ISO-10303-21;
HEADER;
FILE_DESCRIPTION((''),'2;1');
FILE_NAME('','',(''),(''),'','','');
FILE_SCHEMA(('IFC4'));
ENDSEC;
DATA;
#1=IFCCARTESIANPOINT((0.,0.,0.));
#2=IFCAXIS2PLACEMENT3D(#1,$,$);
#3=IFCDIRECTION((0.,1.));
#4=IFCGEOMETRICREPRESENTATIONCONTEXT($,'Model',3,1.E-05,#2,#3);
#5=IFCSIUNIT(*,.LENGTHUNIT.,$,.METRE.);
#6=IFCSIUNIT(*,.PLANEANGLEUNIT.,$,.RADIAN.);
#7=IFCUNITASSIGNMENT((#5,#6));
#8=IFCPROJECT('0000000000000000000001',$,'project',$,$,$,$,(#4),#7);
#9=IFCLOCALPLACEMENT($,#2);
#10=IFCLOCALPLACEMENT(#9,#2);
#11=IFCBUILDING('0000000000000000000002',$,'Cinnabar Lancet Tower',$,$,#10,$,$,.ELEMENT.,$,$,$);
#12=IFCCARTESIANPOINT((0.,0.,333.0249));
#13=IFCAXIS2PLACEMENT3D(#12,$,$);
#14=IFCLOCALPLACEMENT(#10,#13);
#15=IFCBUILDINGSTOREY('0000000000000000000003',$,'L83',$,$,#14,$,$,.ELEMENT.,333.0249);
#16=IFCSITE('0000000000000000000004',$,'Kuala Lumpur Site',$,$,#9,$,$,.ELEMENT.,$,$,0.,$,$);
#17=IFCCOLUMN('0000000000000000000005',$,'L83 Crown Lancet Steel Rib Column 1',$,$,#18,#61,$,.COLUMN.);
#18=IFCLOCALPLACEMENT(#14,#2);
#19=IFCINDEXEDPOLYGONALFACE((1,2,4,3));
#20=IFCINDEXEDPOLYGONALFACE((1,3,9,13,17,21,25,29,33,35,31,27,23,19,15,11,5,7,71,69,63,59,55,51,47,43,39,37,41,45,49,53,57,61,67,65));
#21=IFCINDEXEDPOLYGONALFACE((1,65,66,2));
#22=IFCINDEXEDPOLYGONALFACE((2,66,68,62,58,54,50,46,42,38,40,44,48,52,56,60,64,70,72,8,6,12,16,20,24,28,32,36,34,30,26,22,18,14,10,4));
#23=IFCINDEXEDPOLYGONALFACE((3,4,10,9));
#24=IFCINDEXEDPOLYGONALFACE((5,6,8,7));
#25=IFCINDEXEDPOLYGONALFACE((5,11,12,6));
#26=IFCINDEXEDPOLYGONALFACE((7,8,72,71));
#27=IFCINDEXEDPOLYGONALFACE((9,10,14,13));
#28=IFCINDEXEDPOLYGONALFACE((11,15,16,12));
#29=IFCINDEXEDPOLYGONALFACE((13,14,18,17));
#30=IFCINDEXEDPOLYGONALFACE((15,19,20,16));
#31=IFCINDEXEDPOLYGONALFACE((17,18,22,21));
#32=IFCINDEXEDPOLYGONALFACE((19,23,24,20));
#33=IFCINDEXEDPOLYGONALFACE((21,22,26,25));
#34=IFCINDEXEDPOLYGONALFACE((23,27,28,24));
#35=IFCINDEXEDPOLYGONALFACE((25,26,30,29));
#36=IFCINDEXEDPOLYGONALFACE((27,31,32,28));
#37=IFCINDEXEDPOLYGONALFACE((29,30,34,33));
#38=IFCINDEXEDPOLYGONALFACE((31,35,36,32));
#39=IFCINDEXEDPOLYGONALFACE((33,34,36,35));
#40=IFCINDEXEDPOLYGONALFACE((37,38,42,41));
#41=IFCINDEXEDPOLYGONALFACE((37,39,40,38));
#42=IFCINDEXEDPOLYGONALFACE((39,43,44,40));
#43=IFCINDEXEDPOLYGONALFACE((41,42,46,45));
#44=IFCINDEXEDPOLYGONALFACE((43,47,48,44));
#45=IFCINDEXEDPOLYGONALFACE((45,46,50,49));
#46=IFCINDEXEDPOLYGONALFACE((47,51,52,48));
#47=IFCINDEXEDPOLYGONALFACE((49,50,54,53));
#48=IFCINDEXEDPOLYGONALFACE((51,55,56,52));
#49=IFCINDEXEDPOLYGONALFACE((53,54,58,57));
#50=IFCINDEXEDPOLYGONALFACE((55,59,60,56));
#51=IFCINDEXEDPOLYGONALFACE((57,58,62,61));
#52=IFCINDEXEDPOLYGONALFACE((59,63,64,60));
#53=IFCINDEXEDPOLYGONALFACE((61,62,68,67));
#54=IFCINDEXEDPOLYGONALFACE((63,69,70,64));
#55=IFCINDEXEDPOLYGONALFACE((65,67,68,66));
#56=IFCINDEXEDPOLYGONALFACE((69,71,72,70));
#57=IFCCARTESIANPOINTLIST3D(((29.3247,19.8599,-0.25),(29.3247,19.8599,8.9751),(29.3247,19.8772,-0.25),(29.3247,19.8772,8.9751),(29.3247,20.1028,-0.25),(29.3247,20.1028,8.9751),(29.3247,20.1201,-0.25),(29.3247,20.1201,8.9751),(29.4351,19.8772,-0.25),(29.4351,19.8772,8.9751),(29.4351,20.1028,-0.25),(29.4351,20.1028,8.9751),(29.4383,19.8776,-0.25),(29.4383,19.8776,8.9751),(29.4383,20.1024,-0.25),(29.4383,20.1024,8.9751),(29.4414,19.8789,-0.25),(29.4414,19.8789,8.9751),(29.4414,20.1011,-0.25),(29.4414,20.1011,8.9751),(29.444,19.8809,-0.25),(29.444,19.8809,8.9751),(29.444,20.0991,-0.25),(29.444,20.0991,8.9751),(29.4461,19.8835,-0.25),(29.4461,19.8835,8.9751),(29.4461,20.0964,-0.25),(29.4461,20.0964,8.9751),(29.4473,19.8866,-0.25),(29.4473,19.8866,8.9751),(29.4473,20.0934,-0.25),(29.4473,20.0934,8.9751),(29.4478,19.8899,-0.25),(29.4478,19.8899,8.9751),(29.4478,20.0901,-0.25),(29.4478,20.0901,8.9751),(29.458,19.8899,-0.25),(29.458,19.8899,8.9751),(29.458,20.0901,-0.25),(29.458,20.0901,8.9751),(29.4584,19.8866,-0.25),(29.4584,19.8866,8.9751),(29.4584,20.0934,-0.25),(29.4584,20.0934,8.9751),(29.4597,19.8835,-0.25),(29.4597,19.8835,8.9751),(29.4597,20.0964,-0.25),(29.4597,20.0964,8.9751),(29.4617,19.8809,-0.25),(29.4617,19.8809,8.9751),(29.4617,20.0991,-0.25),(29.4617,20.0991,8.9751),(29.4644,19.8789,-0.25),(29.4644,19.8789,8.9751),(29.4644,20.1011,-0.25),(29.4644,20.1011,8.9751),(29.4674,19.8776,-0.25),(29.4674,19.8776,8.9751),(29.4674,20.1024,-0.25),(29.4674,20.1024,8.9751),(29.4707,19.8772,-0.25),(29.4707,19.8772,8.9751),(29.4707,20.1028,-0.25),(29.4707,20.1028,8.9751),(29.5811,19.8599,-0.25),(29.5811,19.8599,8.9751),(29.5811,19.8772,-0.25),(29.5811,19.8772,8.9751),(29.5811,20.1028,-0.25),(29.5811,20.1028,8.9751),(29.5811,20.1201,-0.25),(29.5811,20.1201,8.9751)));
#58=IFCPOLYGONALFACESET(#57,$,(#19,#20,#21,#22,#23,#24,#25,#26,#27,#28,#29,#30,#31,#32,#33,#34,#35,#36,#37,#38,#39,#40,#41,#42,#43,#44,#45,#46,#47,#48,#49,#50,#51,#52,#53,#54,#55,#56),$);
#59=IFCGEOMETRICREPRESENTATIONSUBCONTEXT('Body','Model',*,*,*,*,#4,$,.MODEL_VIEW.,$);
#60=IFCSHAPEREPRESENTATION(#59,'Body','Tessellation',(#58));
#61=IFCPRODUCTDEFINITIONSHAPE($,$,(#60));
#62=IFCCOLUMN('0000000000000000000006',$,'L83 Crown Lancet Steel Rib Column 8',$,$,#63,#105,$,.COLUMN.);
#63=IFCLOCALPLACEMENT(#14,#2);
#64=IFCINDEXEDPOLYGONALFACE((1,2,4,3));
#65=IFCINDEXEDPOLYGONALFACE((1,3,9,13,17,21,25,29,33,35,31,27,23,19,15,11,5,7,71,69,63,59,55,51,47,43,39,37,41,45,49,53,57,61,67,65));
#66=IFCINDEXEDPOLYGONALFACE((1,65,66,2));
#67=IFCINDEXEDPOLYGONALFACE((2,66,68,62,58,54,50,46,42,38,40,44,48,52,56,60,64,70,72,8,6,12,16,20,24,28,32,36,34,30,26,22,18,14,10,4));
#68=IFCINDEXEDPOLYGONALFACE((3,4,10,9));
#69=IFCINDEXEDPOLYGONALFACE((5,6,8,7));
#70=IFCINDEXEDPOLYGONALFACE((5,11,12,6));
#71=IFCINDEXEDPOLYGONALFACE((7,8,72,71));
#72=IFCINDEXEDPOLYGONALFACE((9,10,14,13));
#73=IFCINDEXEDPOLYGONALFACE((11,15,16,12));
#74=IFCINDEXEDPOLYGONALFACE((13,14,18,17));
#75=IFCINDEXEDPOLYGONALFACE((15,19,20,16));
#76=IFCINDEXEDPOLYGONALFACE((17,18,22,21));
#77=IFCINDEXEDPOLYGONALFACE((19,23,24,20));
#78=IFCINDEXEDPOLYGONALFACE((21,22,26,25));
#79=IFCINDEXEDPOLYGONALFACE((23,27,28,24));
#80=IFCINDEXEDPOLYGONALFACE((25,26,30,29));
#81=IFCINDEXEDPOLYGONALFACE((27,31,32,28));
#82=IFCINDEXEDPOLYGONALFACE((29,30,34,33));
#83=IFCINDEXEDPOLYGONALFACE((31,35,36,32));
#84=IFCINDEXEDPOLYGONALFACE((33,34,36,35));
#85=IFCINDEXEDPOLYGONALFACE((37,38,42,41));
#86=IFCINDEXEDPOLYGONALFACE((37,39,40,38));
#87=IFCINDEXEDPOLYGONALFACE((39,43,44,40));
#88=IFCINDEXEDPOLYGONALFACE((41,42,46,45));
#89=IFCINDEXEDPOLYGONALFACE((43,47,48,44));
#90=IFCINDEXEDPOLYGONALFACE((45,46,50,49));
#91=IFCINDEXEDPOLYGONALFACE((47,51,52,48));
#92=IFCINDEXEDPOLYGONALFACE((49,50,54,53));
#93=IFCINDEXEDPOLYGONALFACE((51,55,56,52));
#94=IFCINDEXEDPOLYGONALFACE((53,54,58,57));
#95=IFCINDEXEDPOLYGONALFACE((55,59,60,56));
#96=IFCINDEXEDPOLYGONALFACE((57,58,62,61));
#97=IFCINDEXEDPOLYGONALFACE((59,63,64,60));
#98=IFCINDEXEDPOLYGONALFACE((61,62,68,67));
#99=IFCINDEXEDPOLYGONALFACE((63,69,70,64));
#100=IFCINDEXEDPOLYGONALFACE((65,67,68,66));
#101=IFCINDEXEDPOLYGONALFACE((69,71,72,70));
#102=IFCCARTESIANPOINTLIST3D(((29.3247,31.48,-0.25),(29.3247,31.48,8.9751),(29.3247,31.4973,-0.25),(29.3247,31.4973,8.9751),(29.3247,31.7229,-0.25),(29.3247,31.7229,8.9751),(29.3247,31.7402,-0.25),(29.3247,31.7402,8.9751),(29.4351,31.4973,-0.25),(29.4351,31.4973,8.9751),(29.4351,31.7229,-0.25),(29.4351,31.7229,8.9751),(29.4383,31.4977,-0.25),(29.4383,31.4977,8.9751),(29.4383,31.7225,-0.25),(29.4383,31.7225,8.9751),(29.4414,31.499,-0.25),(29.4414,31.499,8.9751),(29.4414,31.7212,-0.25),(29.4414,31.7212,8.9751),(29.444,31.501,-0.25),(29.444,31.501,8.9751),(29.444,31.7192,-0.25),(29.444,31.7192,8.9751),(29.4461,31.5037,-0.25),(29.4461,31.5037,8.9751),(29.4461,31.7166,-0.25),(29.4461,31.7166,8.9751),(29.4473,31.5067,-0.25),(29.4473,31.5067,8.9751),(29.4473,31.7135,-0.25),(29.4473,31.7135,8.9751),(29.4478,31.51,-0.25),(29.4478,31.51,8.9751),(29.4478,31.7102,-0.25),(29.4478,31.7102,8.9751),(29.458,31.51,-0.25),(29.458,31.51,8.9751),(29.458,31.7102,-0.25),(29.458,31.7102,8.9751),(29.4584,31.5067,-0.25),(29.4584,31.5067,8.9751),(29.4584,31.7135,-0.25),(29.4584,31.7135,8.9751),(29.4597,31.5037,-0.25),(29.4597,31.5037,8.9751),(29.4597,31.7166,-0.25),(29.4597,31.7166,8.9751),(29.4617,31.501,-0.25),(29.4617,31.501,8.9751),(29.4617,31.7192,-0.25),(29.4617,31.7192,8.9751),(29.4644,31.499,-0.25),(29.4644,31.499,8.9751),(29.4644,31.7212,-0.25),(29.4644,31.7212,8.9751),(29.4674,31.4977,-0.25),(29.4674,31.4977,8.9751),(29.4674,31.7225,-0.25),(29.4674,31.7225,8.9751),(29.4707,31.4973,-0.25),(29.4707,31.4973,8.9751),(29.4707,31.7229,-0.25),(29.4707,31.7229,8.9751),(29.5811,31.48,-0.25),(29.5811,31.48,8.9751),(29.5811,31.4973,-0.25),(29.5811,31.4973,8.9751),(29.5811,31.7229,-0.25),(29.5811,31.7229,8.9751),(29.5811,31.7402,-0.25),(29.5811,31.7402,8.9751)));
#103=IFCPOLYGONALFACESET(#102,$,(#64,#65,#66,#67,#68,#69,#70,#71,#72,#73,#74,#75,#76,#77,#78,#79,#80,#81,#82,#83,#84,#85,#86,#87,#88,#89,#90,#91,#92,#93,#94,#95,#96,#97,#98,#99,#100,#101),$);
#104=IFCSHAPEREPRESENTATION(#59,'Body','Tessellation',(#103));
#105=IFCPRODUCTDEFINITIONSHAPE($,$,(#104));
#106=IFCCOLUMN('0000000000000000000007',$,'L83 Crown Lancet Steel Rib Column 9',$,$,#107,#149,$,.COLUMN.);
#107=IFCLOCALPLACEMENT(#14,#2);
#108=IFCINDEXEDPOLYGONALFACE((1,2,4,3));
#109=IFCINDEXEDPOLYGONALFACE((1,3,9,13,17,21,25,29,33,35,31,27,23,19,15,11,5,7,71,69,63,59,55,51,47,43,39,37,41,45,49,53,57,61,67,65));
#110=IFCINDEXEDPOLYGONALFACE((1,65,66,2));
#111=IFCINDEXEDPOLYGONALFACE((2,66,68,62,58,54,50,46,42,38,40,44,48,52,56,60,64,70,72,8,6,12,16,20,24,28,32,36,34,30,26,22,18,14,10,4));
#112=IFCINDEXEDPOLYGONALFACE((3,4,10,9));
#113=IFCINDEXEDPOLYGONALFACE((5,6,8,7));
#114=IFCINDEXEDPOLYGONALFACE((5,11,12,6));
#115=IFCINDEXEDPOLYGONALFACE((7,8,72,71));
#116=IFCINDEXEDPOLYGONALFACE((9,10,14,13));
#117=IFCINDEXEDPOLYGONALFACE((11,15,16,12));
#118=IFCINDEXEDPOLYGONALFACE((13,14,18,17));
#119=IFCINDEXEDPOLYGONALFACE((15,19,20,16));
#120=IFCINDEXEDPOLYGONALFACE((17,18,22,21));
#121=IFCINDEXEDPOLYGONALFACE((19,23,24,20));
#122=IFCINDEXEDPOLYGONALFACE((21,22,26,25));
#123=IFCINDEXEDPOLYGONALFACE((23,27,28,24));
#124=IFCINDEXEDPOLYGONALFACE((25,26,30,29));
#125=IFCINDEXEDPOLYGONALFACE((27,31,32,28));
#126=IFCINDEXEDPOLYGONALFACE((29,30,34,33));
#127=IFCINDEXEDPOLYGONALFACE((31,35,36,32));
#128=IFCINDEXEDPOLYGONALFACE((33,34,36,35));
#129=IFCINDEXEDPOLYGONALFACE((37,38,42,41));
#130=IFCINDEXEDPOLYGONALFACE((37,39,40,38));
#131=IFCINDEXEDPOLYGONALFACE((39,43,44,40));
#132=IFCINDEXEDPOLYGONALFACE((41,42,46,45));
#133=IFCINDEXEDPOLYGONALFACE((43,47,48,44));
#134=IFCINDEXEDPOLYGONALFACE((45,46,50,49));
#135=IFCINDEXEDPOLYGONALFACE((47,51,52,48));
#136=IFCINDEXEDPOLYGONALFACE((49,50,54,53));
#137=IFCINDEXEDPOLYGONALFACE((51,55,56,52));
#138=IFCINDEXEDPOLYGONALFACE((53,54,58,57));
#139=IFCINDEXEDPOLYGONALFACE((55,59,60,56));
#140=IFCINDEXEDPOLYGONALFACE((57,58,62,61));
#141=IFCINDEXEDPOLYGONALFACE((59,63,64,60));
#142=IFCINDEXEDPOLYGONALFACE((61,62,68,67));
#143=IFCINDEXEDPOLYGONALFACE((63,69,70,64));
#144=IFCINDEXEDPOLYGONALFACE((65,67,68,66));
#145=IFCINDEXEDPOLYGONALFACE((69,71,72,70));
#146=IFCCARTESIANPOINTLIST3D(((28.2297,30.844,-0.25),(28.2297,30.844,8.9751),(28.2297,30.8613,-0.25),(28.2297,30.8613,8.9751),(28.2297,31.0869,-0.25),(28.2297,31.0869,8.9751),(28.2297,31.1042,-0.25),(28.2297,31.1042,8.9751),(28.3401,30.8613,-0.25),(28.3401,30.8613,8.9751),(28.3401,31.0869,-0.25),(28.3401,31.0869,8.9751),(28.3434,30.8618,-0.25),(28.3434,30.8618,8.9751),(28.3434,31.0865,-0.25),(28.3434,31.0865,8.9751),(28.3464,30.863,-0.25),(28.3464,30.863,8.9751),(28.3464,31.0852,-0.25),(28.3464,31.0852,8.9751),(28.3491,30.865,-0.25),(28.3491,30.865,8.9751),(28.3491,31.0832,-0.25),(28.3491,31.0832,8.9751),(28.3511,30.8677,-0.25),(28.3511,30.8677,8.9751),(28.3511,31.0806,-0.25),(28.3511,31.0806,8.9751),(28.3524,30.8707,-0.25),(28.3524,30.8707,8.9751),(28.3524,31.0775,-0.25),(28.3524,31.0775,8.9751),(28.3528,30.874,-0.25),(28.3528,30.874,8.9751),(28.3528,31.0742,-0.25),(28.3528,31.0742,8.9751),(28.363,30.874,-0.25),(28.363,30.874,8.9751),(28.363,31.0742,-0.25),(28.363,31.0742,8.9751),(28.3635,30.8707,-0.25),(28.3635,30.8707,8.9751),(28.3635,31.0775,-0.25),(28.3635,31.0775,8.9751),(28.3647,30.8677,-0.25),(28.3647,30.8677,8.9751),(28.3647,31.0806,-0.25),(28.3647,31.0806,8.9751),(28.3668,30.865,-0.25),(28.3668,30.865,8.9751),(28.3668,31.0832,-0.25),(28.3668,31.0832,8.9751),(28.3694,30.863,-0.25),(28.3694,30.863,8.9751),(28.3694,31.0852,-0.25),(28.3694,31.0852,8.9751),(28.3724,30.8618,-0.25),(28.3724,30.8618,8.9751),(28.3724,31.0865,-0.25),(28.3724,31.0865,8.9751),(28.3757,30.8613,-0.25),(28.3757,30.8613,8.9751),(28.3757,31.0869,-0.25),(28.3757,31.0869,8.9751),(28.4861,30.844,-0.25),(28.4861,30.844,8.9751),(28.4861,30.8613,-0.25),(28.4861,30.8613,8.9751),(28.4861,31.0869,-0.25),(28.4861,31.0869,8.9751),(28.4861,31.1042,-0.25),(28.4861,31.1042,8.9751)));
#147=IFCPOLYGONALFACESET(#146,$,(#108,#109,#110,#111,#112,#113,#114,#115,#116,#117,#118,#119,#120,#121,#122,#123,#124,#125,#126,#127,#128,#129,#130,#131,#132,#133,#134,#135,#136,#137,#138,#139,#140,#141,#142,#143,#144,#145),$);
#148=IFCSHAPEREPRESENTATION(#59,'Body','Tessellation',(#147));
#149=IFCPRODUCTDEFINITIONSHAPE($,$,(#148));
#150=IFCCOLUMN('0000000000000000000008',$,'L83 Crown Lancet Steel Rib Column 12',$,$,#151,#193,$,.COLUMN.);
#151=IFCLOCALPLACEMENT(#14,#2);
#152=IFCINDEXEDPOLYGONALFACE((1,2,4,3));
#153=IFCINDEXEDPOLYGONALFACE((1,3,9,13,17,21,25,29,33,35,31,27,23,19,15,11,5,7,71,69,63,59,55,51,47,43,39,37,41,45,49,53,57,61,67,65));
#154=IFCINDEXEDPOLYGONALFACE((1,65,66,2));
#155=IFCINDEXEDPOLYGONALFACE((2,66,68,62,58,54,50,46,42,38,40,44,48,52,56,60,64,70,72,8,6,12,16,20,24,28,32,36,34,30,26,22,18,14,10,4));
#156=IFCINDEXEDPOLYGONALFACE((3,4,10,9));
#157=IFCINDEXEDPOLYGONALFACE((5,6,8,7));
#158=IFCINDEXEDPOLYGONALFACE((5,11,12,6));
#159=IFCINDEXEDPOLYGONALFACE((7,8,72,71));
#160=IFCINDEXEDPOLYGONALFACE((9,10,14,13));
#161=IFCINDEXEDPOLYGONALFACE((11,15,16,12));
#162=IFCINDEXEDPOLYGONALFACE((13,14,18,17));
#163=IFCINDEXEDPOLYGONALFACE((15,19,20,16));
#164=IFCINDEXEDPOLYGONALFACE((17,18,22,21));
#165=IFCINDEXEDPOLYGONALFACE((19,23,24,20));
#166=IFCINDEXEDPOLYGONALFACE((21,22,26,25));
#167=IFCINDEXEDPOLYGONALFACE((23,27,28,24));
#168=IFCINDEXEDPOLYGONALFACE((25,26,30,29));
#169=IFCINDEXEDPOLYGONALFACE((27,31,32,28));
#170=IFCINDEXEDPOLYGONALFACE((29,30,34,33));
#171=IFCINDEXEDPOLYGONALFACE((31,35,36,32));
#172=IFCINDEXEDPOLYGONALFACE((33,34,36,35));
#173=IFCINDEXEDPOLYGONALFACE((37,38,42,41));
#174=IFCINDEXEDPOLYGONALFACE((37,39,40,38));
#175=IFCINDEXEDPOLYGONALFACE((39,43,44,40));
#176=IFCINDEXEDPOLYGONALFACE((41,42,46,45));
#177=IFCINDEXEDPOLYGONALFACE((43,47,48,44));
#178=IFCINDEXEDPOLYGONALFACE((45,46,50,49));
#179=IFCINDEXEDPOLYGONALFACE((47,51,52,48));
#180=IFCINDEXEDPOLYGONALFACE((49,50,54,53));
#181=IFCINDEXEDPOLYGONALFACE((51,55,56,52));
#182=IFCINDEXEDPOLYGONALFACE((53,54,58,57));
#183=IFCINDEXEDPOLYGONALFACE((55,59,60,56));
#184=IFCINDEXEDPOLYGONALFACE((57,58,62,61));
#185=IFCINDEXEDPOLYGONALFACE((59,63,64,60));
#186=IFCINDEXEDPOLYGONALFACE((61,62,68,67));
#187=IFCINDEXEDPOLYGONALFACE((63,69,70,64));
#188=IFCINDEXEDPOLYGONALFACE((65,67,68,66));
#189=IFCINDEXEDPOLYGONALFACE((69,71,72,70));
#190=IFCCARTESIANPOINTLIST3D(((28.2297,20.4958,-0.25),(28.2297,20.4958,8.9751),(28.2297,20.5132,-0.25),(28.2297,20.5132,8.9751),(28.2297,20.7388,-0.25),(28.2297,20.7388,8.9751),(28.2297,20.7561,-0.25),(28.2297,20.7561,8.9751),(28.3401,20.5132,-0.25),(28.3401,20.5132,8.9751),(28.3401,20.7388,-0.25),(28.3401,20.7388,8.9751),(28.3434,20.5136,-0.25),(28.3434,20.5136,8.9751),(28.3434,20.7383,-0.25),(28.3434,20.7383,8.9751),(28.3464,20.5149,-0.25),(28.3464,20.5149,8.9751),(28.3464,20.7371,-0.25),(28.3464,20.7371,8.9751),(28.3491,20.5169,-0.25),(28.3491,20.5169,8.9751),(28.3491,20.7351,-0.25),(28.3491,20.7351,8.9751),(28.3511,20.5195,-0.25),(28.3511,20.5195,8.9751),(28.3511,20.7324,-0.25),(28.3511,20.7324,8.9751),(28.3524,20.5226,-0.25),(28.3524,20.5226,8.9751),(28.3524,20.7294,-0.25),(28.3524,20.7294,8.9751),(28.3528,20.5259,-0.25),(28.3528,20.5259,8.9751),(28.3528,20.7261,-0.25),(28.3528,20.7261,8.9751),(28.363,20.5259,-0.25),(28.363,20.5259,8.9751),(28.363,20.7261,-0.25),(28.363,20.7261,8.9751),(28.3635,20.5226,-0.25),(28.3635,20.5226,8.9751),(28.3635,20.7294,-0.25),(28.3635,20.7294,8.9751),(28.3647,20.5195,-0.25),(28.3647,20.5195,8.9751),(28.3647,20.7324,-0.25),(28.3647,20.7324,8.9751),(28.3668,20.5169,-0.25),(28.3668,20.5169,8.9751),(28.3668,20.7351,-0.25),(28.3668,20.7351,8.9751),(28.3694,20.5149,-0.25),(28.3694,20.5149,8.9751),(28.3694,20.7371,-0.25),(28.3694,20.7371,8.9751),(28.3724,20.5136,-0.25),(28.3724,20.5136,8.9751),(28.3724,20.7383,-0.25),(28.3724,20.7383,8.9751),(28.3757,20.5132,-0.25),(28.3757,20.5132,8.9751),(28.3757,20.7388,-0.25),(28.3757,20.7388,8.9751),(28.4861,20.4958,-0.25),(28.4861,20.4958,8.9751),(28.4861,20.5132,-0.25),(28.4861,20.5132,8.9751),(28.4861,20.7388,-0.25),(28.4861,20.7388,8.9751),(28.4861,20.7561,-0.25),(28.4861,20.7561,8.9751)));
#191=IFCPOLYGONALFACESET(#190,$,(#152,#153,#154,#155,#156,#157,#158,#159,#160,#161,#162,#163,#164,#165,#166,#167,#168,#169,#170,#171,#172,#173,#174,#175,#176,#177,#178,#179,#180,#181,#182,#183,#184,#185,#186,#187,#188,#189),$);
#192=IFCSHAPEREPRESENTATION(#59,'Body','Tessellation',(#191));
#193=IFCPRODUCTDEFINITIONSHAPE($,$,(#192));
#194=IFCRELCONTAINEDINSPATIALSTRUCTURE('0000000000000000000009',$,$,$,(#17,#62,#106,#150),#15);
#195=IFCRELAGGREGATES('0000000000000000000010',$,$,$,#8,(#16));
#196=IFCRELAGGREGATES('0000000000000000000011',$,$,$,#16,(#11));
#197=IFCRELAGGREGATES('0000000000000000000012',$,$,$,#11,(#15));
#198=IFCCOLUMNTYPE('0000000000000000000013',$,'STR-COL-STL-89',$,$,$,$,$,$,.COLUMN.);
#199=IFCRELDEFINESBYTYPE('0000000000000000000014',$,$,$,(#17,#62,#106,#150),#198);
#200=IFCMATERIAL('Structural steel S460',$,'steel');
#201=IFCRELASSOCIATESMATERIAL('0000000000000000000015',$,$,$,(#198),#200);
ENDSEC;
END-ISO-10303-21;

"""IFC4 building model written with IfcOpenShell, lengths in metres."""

from ifc_helpers import new_model, si_unit, direction, frame, origin, origin_2d, place, context, subcontext, project, spatial, i_section, extrude, material, material_profile, profile_set, type_object, element, save


model = new_model("IFC4")

# Units and contexts
model_context = context("Model", 3, precision=1e-05, world=origin(), true_north=direction((0.0, 1.0)))
body_context = subcontext(model_context, "Body", "Model", "MODEL_VIEW")
ifc_project = project(units=[si_unit("LENGTHUNIT", "METRE"), si_unit("PLANEANGLEUNIT", "RADIAN")], contexts=[model_context])

# Site, building, storey
site_placement = place(None, origin())
site = spatial("IfcSite", under=ifc_project, at=site_placement, Name="Kuala Lumpur Site", CompositionType="ELEMENT", RefElevation=0.0)
building_placement = place(site_placement, origin())
building = spatial("IfcBuilding", under=site, at=building_placement, Name="Cinnabar Lancet Tower", CompositionType="ELEMENT")
storey_placement = place(building_placement, frame((0.0, 0.0, 333.0249)))
storey = spatial("IfcBuildingStorey", under=building, at=storey_placement, Name="L83", CompositionType="ELEMENT", Elevation=333.0249)

# Columns
ifc_material_1 = material(Name="Structural steel S460", Category="steel")
ifc_material_profile_1 = material_profile(ifc_material_1, i_section(OverallWidth=0.2563, OverallDepth=0.2603, WebThickness=0.0103, FlangeThickness=0.0173, FilletRadius=0.0127, at=origin_2d()), Name="UKC 254x254x89")
ifc_profile_set_1 = profile_set([ifc_material_profile_1], Name="Structural steel S460")
column_type = type_object("IfcColumnType", Name="STR-COL-STL-89", PredefinedType="COLUMN", material=ifc_profile_set_1)
for number, where, z_axis, x_axis, name in (
    (1, (29.4529, 19.99, -0.25), (0.0, 0.0, 1.0), (1.0, 0.0, 0.0), "L83 Crown Lancet Steel Rib Column 1"),
    (2, (29.4529, 31.6101, -0.25), (0.0, 0.0, 1.0), (1.0, 0.0, 0.0), "L83 Crown Lancet Steel Rib Column 8"),
    (3, (28.3579, 30.9741, -0.25), (0.0, 0.0, 1.0), (1.0, 0.0, 0.0), "L83 Crown Lancet Steel Rib Column 9"),
    (4, (28.3579, 20.626, -0.25), (0.0, 0.0, 1.0), (1.0, 0.0, 0.0), "L83 Crown Lancet Steel Rib Column 12"),
):
    element("IfcColumn", number, at=place(storey_placement, frame(where, z_axis=z_axis, x_axis=x_axis)), inside=storey, type_object=column_type, Name=name, PredefinedType="COLUMN", context=body_context, shape_type="SweptSolid", body=[
        extrude(i_section(OverallWidth=0.2563, OverallDepth=0.2603, WebThickness=0.0103, FlangeThickness=0.0173, FilletRadius=0.0127, at=origin_2d()), origin(), (0.0, 0.0, 1.0), 9.2251),
    ])

save(model, "model.ifc")
